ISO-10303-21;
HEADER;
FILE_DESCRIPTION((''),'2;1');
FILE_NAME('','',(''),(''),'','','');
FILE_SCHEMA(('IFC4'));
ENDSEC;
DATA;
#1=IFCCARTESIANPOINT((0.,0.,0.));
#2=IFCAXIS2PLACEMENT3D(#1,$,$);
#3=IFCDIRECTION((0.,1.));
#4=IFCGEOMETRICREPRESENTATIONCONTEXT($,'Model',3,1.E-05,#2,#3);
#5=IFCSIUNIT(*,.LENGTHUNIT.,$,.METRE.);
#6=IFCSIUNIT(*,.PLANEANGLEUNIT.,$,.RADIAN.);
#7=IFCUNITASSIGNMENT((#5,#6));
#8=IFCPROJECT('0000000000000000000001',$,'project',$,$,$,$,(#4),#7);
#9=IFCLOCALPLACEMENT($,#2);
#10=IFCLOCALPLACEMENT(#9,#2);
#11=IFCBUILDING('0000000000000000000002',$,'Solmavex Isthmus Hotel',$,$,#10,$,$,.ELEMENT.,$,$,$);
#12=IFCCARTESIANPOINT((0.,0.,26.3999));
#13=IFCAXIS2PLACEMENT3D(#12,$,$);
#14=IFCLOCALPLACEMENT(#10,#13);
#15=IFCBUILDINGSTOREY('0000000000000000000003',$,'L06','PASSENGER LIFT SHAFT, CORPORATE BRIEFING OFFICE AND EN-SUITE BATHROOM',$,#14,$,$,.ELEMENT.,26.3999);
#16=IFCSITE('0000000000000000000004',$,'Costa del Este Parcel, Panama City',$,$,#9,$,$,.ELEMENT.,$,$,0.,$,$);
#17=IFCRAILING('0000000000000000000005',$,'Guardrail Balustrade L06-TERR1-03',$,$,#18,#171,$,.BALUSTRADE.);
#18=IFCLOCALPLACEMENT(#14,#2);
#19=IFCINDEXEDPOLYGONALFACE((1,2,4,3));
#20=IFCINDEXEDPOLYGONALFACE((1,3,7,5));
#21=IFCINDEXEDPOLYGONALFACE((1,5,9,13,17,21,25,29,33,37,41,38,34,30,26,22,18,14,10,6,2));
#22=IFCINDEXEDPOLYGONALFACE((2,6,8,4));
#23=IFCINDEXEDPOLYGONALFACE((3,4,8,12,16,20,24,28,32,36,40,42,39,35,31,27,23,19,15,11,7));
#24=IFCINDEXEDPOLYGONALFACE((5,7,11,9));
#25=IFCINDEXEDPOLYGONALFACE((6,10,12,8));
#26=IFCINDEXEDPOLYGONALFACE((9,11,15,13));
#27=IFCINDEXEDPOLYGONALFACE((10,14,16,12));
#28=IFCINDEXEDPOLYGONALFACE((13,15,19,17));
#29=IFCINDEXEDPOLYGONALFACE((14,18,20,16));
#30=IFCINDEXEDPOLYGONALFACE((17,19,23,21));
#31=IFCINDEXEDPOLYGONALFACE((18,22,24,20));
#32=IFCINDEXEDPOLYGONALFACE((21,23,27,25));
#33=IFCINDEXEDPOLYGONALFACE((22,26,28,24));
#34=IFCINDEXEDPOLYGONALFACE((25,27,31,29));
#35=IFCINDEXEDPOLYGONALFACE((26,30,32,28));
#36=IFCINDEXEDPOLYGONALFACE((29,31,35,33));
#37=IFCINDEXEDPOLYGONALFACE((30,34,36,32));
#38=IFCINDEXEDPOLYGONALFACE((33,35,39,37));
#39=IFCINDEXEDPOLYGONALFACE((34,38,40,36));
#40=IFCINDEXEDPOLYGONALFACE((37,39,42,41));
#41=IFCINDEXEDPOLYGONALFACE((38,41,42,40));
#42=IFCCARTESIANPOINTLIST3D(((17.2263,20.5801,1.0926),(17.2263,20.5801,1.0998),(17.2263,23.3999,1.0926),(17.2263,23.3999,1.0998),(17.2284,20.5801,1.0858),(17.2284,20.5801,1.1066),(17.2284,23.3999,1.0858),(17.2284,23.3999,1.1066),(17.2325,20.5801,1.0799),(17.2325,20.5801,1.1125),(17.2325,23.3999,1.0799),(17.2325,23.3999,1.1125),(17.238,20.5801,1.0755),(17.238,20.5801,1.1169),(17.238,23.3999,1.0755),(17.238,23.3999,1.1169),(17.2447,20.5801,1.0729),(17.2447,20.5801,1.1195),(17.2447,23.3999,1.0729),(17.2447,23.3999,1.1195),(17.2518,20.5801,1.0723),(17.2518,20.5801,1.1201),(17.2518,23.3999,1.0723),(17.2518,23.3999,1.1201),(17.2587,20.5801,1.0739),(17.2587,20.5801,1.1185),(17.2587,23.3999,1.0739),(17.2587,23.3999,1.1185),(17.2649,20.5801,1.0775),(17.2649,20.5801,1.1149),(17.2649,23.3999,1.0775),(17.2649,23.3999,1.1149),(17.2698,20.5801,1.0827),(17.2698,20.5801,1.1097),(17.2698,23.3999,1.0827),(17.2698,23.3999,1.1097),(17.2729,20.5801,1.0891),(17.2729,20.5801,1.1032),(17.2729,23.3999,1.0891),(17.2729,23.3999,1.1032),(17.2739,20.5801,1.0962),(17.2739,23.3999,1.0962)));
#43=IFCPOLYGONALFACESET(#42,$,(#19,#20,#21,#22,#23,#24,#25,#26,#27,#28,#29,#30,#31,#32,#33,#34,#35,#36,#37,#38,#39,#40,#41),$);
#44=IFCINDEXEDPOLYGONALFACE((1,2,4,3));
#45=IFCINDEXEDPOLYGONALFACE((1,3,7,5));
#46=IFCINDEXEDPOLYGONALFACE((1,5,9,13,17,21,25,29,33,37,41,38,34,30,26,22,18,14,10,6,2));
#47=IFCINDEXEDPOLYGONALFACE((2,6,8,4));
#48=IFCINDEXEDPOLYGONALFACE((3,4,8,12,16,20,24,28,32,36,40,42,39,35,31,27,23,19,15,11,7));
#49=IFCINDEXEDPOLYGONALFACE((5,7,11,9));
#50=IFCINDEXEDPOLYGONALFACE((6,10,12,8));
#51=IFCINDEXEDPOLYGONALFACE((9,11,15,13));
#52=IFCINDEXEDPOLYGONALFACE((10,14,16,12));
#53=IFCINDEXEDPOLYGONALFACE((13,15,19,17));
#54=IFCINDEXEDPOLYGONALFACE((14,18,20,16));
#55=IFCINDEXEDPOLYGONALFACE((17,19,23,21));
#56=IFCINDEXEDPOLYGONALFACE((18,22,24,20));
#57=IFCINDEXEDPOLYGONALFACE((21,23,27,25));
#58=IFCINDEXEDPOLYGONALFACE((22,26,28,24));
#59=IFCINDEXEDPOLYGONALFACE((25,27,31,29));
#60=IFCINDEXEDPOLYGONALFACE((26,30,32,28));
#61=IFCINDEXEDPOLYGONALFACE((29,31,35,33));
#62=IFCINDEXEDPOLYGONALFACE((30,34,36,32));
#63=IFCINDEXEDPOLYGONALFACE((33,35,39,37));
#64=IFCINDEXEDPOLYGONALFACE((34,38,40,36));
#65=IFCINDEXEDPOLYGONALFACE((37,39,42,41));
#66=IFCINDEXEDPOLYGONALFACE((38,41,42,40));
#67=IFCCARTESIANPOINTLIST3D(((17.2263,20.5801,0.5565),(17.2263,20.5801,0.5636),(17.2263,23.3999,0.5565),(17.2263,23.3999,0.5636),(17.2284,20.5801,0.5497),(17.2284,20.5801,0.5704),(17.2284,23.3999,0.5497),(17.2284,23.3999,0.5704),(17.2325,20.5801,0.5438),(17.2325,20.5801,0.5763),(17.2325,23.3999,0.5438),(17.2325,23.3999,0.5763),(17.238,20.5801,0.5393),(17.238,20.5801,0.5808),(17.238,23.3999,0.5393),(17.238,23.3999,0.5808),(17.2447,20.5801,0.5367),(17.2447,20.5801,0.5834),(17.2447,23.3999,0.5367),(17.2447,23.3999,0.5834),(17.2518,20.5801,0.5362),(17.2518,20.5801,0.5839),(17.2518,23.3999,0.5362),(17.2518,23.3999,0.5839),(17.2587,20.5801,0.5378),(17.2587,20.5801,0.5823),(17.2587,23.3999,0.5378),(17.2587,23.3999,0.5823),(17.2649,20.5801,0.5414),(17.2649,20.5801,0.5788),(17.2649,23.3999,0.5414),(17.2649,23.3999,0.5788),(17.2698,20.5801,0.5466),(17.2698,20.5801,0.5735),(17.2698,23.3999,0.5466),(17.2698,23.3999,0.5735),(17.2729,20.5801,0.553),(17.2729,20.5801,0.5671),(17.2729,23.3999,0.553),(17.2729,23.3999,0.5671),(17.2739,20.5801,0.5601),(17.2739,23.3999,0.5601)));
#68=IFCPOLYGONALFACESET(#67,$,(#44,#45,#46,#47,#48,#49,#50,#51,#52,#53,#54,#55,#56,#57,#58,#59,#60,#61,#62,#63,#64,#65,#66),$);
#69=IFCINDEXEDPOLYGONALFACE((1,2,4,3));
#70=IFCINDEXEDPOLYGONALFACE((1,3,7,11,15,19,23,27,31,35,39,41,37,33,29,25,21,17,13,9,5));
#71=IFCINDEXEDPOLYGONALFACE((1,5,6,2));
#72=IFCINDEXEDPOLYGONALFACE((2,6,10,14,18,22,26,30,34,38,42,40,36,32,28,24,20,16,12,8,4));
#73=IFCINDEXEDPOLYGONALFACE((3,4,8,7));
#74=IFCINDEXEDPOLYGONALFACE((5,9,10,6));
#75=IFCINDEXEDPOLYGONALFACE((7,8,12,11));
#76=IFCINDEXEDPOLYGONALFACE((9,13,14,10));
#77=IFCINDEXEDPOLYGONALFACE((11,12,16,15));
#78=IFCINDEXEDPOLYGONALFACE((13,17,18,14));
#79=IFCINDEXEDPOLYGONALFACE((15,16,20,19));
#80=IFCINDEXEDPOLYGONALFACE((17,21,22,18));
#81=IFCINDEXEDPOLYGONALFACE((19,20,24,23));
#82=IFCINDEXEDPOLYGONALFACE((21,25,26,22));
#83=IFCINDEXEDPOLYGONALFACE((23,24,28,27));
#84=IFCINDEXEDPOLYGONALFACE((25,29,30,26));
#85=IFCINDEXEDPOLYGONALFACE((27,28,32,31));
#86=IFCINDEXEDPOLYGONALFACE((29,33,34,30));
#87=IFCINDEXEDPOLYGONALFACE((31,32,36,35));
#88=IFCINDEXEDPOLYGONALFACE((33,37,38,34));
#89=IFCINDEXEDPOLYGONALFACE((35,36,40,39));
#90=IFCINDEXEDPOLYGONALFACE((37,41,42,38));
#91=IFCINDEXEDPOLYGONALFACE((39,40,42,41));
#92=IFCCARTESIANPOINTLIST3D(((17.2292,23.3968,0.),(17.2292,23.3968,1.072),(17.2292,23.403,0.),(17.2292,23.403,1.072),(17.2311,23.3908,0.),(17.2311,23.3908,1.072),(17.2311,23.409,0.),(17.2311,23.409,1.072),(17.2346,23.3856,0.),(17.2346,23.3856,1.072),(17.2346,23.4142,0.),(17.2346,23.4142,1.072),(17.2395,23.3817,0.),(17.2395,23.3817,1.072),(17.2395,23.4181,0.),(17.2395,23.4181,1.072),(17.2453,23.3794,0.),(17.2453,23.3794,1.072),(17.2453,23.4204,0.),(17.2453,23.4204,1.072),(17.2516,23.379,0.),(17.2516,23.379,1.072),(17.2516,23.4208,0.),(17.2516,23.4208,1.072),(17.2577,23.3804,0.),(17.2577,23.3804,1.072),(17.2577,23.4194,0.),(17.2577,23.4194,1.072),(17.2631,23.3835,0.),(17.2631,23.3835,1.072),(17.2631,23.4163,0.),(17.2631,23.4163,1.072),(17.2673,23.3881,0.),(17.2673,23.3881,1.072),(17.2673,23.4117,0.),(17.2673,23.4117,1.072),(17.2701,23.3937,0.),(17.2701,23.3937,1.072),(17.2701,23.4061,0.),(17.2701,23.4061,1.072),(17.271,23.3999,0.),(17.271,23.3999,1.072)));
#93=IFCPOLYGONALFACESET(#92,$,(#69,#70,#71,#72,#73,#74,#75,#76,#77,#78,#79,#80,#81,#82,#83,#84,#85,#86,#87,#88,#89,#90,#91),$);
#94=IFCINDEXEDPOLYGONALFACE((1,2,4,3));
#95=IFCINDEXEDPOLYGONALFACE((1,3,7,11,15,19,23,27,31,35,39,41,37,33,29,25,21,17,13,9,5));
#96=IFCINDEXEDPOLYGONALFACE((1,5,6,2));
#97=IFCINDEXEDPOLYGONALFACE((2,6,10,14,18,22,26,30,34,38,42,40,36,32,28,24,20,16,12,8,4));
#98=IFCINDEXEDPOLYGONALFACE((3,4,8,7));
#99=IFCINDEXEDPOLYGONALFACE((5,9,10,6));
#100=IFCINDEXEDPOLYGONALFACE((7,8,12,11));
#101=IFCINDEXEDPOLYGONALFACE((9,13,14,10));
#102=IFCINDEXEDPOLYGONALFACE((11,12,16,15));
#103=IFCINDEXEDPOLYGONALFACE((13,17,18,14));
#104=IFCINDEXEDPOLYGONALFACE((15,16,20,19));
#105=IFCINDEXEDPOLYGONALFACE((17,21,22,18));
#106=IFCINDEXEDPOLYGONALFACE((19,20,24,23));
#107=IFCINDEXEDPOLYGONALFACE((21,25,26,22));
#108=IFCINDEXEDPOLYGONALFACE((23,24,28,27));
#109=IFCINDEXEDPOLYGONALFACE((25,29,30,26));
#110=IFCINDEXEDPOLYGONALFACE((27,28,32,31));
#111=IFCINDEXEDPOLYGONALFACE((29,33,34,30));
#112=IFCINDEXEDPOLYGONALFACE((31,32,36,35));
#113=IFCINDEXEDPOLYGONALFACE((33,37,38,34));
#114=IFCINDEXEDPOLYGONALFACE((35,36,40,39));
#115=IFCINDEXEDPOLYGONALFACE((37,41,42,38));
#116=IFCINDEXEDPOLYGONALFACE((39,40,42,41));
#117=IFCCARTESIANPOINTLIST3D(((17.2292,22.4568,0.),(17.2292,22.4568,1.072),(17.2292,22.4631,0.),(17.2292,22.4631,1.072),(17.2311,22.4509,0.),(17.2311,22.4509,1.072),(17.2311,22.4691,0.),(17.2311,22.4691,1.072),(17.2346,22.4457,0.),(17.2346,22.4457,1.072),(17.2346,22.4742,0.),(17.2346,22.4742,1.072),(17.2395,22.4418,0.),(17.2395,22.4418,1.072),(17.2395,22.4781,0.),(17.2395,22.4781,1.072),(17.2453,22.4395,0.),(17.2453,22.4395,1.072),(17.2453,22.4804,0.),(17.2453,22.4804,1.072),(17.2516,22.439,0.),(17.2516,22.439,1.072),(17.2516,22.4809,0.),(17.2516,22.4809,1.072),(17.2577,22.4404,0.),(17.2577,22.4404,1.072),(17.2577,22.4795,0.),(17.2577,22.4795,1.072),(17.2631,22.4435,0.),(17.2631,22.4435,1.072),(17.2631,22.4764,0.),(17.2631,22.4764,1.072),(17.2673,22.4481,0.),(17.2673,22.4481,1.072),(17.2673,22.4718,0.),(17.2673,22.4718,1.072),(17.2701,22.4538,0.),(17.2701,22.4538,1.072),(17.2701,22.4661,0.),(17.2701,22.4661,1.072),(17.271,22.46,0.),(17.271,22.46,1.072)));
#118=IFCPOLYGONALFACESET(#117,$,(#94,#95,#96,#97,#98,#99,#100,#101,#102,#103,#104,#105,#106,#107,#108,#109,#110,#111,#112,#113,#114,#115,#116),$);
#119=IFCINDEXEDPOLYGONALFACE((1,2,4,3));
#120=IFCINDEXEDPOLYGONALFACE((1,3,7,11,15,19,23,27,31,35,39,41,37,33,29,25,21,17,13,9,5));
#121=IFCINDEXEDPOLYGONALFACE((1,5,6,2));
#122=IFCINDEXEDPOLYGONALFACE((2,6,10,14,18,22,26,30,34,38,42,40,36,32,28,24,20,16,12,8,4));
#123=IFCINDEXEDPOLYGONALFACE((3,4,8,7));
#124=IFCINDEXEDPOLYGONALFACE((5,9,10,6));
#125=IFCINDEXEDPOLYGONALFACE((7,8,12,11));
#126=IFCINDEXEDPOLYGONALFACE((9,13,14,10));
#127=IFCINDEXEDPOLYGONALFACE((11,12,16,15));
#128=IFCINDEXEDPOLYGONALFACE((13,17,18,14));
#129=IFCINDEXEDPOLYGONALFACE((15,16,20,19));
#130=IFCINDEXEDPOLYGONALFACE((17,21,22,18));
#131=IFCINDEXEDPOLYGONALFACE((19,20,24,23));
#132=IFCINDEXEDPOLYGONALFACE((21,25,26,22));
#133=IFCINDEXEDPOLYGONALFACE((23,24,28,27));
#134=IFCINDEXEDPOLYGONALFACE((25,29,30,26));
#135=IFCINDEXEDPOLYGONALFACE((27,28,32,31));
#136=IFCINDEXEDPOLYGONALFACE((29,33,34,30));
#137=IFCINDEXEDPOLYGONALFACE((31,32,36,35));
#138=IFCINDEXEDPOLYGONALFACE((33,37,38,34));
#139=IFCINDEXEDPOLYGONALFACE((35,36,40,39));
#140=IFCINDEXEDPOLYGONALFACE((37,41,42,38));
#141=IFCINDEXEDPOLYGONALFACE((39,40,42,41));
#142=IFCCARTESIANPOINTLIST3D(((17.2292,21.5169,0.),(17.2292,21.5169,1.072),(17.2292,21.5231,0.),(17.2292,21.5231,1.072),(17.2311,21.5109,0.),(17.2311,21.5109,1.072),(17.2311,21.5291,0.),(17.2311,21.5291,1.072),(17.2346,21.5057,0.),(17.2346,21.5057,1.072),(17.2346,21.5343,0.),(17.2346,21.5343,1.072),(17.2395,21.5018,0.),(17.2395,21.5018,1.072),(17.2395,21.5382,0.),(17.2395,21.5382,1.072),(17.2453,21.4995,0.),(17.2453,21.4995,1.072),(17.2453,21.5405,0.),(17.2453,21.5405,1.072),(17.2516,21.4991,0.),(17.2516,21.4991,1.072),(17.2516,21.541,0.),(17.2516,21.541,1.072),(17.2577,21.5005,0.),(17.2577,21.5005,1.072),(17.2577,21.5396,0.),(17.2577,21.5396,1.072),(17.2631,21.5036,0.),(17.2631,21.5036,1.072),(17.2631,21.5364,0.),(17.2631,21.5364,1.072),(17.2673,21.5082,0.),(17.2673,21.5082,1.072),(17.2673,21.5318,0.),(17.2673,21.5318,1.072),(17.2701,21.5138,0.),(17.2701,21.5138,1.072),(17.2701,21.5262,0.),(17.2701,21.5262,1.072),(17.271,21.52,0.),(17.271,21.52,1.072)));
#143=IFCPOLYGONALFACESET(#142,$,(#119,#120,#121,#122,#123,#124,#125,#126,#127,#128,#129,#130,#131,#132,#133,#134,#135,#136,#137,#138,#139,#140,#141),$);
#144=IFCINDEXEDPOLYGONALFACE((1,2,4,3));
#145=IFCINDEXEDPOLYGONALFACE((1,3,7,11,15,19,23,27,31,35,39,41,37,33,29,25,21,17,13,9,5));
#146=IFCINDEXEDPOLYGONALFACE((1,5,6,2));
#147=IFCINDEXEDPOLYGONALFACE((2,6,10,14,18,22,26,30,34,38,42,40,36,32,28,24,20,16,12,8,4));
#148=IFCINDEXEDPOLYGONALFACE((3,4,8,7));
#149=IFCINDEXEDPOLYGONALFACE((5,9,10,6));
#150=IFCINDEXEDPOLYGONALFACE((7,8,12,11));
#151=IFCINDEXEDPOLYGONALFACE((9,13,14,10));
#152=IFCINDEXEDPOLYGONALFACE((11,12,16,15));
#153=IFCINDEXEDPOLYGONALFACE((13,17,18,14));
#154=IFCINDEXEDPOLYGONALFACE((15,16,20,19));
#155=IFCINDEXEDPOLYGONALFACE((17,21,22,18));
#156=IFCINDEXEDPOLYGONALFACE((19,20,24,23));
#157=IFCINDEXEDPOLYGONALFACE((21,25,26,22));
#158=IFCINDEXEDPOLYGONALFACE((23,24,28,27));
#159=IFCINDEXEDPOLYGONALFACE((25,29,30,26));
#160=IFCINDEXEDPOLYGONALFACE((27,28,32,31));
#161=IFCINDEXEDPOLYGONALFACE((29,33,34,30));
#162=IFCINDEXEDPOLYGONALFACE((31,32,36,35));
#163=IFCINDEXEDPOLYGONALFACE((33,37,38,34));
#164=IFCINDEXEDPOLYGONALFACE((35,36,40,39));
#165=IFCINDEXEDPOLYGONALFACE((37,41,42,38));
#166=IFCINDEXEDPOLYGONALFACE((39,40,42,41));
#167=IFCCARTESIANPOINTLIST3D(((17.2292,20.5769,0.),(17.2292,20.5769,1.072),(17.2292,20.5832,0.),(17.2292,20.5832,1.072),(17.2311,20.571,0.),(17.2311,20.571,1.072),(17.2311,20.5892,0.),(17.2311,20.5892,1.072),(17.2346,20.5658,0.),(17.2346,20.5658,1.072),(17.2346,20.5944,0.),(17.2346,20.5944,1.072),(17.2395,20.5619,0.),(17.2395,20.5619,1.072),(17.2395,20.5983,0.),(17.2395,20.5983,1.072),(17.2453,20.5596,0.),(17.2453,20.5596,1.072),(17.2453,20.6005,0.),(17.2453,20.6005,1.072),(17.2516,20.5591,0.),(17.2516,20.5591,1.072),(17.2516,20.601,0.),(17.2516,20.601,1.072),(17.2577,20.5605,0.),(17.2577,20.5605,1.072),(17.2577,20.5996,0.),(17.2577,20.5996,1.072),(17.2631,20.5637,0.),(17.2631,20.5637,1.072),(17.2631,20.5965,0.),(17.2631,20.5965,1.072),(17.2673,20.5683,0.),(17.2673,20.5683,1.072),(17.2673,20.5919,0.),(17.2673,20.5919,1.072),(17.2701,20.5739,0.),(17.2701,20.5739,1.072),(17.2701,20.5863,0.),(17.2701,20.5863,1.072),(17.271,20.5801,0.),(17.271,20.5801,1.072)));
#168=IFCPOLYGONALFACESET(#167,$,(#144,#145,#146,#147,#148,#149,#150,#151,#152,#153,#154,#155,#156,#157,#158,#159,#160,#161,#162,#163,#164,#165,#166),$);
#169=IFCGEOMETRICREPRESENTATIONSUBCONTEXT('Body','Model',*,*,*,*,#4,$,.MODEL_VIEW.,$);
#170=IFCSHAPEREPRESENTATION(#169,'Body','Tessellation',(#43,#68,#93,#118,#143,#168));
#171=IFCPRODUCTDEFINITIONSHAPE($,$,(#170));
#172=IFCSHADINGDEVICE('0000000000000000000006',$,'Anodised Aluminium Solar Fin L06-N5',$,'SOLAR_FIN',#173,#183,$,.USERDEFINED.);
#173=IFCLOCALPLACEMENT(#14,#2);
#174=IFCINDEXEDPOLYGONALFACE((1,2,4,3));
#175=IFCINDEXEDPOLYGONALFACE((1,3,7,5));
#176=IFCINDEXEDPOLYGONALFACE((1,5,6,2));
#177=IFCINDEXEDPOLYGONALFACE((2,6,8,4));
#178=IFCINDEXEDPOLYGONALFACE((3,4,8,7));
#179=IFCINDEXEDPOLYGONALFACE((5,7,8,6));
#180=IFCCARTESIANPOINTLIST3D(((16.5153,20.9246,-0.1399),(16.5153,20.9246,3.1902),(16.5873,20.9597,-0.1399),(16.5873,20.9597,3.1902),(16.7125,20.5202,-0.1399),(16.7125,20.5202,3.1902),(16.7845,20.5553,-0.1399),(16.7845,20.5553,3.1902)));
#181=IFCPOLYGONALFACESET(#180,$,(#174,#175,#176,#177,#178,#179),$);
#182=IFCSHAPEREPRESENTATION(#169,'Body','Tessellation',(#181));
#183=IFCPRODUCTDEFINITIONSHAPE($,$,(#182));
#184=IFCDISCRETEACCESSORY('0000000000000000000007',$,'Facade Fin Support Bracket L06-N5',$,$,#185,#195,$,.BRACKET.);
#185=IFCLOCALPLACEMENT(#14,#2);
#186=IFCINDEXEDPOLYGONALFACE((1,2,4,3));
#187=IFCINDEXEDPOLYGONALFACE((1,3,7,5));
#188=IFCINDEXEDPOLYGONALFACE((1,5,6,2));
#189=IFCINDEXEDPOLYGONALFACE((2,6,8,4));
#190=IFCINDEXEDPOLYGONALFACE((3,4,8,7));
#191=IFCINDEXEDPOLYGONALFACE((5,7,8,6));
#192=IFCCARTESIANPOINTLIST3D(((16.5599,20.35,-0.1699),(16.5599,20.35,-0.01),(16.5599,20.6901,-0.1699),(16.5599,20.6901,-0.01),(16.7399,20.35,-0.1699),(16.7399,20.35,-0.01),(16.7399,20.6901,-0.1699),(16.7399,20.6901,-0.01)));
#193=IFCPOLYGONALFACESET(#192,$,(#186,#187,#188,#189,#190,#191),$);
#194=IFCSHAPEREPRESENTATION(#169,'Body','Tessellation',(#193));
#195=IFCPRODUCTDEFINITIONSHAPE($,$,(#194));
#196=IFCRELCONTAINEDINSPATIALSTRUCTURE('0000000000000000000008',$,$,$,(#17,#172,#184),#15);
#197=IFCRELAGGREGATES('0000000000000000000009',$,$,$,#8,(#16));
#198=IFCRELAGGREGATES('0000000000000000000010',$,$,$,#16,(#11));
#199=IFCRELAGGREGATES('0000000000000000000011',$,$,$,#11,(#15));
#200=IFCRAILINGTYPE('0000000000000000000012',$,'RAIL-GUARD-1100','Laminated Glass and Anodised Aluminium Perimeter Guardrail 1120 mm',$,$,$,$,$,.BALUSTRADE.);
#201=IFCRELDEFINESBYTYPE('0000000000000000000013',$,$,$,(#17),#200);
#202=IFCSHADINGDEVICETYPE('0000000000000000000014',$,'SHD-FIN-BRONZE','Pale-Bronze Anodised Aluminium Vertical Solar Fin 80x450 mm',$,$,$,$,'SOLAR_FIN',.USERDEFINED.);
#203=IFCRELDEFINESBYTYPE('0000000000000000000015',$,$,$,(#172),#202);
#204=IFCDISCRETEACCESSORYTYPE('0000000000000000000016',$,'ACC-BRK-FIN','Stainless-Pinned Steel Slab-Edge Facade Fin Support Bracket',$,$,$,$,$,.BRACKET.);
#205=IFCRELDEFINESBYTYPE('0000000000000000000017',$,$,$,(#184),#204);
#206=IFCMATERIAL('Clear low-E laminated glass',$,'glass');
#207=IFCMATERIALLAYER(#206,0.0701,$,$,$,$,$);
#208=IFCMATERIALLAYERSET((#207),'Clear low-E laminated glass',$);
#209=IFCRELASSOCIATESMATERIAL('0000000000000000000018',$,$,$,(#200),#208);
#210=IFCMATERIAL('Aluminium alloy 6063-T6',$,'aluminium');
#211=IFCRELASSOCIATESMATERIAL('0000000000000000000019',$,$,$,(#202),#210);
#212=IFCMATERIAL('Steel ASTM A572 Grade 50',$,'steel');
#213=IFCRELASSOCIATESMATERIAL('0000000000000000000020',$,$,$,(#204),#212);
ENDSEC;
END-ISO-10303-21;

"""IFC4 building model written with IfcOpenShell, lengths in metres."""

from ifc_helpers import new_model, si_unit, direction, frame, origin, origin_2d, place, context, subcontext, project, spatial, rectangle, circle, extrude, material, layer, layer_set, type_object, element, save


model = new_model("IFC4")

# Units and contexts
model_context = context("Model", 3, precision=1e-05, world=origin(), true_north=direction((0.0, 1.0)))
body_context = subcontext(model_context, "Body", "Model", "MODEL_VIEW")
ifc_project = project(units=[si_unit("LENGTHUNIT", "METRE"), si_unit("PLANEANGLEUNIT", "RADIAN")], contexts=[model_context])

# Site, building, storey
site_placement = place(None, origin())
site = spatial("IfcSite", under=ifc_project, at=site_placement, Name="Costa del Este Parcel, Panama City", CompositionType="ELEMENT", RefElevation=0.0)
building_placement = place(site_placement, origin())
building = spatial("IfcBuilding", under=site, at=building_placement, Name="Solmavex Isthmus Hotel", CompositionType="ELEMENT")
storey_placement = place(building_placement, frame((0.0, 0.0, 26.3999)))
storey = spatial("IfcBuildingStorey", under=building, at=storey_placement, Name="L06", Description="PASSENGER LIFT SHAFT, CORPORATE BRIEFING OFFICE AND EN-SUITE BATHROOM", CompositionType="ELEMENT", Elevation=26.3999)

# Shared definitions
ifc_material_1 = material(Name="Steel ASTM A572 Grade 50", Category="steel")

# Shared definitions
ifc_material_2 = material(Name="Aluminium alloy 6063-T6", Category="aluminium")

# Shared definitions
ifc_material_3 = material(Name="Clear low-E laminated glass", Category="glass")

# Railing
ifc_layer_1 = layer(ifc_material_3, 0.0701)
ifc_layer_set_1 = layer_set([ifc_layer_1], Name="Clear low-E laminated glass")
railing_type = type_object("IfcRailingType", Name="RAIL-GUARD-1100", Description="Laminated Glass and Anodised Aluminium Perimeter Guardrail 1120 mm", PredefinedType="BALUSTRADE", material=ifc_layer_set_1)
railing_placement = place(storey_placement, frame((17.25, 23.3999, 0.0)))
element("IfcRailing", 1, at=railing_placement, inside=storey, type_object=railing_type, Name="Guardrail Balustrade L06-TERR1-03", PredefinedType="BALUSTRADE", context=body_context, shape_type="SweptSolid", body=[
    extrude(circle(Radius=0.0239, at=origin_2d()), frame((0.0, 0.0, 1.0962), z_axis=(0.0, -1.0, 0.0), x_axis=(1.0, 0.0, 0.0)), (0.0, 0.0, 1.0), 2.8198),
    extrude(circle(Radius=0.0239, at=origin_2d()), frame((0.0, 0.0, 0.5601), z_axis=(0.0, -1.0, 0.0), x_axis=(1.0, 0.0, 0.0)), (0.0, 0.0, 1.0), 2.8198),
    extrude(circle(Radius=0.021, at=origin_2d()), origin(), (0.0, 0.0, 1.0), 1.072),
    extrude(circle(Radius=0.021, at=origin_2d()), frame((0.0, -0.9399, 0.0)), (0.0, 0.0, 1.0), 1.072),
    extrude(circle(Radius=0.021, at=origin_2d()), frame((0.0, -1.8799, 0.0)), (0.0, 0.0, 1.0), 1.072),
    extrude(circle(Radius=0.021, at=origin_2d()), frame((0.0, -2.8198, 0.0)), (0.0, 0.0, 1.0), 1.072),
])

# Shading device
shading_device_type = type_object("IfcShadingDeviceType", Name="SHD-FIN-BRONZE", Description="Pale-Bronze Anodised Aluminium Vertical Solar Fin 80x450 mm", ElementType="SOLAR_FIN", PredefinedType="USERDEFINED", material=ifc_material_2)
shading_device_placement = place(storey_placement, frame((16.6499, 20.74, -0.1399), z_axis=(0.0, 0.0, 1.0), x_axis=(-0.438371, 0.898794, 0.0)))
element("IfcShadingDevice", 2, at=shading_device_placement, inside=storey, type_object=shading_device_type, Name="Anodised Aluminium Solar Fin L06-N5", ObjectType="SOLAR_FIN", PredefinedType="USERDEFINED", context=body_context, shape_type="SweptSolid", body=[
    extrude(rectangle(XDim=0.45, YDim=0.0801, at=origin_2d()), origin(), (0.0, 0.0, 1.0), 3.3301),
])

# Discrete accessory
discrete_accessory_type = type_object("IfcDiscreteAccessoryType", Name="ACC-BRK-FIN", Description="Stainless-Pinned Steel Slab-Edge Facade Fin Support Bracket", PredefinedType="BRACKET", material=ifc_material_1)
discrete_accessory_placement = place(storey_placement, frame((16.6499, 20.52, -0.1699), z_axis=(0.0, 0.0, 1.0), x_axis=(0.0, 1.0, 0.0)))
element("IfcDiscreteAccessory", 3, at=discrete_accessory_placement, inside=storey, type_object=discrete_accessory_type, Name="Facade Fin Support Bracket L06-N5", PredefinedType="BRACKET", context=body_context, shape_type="SweptSolid", body=[
    extrude(rectangle(XDim=0.3401, YDim=0.1799, at=origin_2d()), origin(), (0.0, 0.0, 1.0), 0.1599),
])

save(model, "model.ifc")
